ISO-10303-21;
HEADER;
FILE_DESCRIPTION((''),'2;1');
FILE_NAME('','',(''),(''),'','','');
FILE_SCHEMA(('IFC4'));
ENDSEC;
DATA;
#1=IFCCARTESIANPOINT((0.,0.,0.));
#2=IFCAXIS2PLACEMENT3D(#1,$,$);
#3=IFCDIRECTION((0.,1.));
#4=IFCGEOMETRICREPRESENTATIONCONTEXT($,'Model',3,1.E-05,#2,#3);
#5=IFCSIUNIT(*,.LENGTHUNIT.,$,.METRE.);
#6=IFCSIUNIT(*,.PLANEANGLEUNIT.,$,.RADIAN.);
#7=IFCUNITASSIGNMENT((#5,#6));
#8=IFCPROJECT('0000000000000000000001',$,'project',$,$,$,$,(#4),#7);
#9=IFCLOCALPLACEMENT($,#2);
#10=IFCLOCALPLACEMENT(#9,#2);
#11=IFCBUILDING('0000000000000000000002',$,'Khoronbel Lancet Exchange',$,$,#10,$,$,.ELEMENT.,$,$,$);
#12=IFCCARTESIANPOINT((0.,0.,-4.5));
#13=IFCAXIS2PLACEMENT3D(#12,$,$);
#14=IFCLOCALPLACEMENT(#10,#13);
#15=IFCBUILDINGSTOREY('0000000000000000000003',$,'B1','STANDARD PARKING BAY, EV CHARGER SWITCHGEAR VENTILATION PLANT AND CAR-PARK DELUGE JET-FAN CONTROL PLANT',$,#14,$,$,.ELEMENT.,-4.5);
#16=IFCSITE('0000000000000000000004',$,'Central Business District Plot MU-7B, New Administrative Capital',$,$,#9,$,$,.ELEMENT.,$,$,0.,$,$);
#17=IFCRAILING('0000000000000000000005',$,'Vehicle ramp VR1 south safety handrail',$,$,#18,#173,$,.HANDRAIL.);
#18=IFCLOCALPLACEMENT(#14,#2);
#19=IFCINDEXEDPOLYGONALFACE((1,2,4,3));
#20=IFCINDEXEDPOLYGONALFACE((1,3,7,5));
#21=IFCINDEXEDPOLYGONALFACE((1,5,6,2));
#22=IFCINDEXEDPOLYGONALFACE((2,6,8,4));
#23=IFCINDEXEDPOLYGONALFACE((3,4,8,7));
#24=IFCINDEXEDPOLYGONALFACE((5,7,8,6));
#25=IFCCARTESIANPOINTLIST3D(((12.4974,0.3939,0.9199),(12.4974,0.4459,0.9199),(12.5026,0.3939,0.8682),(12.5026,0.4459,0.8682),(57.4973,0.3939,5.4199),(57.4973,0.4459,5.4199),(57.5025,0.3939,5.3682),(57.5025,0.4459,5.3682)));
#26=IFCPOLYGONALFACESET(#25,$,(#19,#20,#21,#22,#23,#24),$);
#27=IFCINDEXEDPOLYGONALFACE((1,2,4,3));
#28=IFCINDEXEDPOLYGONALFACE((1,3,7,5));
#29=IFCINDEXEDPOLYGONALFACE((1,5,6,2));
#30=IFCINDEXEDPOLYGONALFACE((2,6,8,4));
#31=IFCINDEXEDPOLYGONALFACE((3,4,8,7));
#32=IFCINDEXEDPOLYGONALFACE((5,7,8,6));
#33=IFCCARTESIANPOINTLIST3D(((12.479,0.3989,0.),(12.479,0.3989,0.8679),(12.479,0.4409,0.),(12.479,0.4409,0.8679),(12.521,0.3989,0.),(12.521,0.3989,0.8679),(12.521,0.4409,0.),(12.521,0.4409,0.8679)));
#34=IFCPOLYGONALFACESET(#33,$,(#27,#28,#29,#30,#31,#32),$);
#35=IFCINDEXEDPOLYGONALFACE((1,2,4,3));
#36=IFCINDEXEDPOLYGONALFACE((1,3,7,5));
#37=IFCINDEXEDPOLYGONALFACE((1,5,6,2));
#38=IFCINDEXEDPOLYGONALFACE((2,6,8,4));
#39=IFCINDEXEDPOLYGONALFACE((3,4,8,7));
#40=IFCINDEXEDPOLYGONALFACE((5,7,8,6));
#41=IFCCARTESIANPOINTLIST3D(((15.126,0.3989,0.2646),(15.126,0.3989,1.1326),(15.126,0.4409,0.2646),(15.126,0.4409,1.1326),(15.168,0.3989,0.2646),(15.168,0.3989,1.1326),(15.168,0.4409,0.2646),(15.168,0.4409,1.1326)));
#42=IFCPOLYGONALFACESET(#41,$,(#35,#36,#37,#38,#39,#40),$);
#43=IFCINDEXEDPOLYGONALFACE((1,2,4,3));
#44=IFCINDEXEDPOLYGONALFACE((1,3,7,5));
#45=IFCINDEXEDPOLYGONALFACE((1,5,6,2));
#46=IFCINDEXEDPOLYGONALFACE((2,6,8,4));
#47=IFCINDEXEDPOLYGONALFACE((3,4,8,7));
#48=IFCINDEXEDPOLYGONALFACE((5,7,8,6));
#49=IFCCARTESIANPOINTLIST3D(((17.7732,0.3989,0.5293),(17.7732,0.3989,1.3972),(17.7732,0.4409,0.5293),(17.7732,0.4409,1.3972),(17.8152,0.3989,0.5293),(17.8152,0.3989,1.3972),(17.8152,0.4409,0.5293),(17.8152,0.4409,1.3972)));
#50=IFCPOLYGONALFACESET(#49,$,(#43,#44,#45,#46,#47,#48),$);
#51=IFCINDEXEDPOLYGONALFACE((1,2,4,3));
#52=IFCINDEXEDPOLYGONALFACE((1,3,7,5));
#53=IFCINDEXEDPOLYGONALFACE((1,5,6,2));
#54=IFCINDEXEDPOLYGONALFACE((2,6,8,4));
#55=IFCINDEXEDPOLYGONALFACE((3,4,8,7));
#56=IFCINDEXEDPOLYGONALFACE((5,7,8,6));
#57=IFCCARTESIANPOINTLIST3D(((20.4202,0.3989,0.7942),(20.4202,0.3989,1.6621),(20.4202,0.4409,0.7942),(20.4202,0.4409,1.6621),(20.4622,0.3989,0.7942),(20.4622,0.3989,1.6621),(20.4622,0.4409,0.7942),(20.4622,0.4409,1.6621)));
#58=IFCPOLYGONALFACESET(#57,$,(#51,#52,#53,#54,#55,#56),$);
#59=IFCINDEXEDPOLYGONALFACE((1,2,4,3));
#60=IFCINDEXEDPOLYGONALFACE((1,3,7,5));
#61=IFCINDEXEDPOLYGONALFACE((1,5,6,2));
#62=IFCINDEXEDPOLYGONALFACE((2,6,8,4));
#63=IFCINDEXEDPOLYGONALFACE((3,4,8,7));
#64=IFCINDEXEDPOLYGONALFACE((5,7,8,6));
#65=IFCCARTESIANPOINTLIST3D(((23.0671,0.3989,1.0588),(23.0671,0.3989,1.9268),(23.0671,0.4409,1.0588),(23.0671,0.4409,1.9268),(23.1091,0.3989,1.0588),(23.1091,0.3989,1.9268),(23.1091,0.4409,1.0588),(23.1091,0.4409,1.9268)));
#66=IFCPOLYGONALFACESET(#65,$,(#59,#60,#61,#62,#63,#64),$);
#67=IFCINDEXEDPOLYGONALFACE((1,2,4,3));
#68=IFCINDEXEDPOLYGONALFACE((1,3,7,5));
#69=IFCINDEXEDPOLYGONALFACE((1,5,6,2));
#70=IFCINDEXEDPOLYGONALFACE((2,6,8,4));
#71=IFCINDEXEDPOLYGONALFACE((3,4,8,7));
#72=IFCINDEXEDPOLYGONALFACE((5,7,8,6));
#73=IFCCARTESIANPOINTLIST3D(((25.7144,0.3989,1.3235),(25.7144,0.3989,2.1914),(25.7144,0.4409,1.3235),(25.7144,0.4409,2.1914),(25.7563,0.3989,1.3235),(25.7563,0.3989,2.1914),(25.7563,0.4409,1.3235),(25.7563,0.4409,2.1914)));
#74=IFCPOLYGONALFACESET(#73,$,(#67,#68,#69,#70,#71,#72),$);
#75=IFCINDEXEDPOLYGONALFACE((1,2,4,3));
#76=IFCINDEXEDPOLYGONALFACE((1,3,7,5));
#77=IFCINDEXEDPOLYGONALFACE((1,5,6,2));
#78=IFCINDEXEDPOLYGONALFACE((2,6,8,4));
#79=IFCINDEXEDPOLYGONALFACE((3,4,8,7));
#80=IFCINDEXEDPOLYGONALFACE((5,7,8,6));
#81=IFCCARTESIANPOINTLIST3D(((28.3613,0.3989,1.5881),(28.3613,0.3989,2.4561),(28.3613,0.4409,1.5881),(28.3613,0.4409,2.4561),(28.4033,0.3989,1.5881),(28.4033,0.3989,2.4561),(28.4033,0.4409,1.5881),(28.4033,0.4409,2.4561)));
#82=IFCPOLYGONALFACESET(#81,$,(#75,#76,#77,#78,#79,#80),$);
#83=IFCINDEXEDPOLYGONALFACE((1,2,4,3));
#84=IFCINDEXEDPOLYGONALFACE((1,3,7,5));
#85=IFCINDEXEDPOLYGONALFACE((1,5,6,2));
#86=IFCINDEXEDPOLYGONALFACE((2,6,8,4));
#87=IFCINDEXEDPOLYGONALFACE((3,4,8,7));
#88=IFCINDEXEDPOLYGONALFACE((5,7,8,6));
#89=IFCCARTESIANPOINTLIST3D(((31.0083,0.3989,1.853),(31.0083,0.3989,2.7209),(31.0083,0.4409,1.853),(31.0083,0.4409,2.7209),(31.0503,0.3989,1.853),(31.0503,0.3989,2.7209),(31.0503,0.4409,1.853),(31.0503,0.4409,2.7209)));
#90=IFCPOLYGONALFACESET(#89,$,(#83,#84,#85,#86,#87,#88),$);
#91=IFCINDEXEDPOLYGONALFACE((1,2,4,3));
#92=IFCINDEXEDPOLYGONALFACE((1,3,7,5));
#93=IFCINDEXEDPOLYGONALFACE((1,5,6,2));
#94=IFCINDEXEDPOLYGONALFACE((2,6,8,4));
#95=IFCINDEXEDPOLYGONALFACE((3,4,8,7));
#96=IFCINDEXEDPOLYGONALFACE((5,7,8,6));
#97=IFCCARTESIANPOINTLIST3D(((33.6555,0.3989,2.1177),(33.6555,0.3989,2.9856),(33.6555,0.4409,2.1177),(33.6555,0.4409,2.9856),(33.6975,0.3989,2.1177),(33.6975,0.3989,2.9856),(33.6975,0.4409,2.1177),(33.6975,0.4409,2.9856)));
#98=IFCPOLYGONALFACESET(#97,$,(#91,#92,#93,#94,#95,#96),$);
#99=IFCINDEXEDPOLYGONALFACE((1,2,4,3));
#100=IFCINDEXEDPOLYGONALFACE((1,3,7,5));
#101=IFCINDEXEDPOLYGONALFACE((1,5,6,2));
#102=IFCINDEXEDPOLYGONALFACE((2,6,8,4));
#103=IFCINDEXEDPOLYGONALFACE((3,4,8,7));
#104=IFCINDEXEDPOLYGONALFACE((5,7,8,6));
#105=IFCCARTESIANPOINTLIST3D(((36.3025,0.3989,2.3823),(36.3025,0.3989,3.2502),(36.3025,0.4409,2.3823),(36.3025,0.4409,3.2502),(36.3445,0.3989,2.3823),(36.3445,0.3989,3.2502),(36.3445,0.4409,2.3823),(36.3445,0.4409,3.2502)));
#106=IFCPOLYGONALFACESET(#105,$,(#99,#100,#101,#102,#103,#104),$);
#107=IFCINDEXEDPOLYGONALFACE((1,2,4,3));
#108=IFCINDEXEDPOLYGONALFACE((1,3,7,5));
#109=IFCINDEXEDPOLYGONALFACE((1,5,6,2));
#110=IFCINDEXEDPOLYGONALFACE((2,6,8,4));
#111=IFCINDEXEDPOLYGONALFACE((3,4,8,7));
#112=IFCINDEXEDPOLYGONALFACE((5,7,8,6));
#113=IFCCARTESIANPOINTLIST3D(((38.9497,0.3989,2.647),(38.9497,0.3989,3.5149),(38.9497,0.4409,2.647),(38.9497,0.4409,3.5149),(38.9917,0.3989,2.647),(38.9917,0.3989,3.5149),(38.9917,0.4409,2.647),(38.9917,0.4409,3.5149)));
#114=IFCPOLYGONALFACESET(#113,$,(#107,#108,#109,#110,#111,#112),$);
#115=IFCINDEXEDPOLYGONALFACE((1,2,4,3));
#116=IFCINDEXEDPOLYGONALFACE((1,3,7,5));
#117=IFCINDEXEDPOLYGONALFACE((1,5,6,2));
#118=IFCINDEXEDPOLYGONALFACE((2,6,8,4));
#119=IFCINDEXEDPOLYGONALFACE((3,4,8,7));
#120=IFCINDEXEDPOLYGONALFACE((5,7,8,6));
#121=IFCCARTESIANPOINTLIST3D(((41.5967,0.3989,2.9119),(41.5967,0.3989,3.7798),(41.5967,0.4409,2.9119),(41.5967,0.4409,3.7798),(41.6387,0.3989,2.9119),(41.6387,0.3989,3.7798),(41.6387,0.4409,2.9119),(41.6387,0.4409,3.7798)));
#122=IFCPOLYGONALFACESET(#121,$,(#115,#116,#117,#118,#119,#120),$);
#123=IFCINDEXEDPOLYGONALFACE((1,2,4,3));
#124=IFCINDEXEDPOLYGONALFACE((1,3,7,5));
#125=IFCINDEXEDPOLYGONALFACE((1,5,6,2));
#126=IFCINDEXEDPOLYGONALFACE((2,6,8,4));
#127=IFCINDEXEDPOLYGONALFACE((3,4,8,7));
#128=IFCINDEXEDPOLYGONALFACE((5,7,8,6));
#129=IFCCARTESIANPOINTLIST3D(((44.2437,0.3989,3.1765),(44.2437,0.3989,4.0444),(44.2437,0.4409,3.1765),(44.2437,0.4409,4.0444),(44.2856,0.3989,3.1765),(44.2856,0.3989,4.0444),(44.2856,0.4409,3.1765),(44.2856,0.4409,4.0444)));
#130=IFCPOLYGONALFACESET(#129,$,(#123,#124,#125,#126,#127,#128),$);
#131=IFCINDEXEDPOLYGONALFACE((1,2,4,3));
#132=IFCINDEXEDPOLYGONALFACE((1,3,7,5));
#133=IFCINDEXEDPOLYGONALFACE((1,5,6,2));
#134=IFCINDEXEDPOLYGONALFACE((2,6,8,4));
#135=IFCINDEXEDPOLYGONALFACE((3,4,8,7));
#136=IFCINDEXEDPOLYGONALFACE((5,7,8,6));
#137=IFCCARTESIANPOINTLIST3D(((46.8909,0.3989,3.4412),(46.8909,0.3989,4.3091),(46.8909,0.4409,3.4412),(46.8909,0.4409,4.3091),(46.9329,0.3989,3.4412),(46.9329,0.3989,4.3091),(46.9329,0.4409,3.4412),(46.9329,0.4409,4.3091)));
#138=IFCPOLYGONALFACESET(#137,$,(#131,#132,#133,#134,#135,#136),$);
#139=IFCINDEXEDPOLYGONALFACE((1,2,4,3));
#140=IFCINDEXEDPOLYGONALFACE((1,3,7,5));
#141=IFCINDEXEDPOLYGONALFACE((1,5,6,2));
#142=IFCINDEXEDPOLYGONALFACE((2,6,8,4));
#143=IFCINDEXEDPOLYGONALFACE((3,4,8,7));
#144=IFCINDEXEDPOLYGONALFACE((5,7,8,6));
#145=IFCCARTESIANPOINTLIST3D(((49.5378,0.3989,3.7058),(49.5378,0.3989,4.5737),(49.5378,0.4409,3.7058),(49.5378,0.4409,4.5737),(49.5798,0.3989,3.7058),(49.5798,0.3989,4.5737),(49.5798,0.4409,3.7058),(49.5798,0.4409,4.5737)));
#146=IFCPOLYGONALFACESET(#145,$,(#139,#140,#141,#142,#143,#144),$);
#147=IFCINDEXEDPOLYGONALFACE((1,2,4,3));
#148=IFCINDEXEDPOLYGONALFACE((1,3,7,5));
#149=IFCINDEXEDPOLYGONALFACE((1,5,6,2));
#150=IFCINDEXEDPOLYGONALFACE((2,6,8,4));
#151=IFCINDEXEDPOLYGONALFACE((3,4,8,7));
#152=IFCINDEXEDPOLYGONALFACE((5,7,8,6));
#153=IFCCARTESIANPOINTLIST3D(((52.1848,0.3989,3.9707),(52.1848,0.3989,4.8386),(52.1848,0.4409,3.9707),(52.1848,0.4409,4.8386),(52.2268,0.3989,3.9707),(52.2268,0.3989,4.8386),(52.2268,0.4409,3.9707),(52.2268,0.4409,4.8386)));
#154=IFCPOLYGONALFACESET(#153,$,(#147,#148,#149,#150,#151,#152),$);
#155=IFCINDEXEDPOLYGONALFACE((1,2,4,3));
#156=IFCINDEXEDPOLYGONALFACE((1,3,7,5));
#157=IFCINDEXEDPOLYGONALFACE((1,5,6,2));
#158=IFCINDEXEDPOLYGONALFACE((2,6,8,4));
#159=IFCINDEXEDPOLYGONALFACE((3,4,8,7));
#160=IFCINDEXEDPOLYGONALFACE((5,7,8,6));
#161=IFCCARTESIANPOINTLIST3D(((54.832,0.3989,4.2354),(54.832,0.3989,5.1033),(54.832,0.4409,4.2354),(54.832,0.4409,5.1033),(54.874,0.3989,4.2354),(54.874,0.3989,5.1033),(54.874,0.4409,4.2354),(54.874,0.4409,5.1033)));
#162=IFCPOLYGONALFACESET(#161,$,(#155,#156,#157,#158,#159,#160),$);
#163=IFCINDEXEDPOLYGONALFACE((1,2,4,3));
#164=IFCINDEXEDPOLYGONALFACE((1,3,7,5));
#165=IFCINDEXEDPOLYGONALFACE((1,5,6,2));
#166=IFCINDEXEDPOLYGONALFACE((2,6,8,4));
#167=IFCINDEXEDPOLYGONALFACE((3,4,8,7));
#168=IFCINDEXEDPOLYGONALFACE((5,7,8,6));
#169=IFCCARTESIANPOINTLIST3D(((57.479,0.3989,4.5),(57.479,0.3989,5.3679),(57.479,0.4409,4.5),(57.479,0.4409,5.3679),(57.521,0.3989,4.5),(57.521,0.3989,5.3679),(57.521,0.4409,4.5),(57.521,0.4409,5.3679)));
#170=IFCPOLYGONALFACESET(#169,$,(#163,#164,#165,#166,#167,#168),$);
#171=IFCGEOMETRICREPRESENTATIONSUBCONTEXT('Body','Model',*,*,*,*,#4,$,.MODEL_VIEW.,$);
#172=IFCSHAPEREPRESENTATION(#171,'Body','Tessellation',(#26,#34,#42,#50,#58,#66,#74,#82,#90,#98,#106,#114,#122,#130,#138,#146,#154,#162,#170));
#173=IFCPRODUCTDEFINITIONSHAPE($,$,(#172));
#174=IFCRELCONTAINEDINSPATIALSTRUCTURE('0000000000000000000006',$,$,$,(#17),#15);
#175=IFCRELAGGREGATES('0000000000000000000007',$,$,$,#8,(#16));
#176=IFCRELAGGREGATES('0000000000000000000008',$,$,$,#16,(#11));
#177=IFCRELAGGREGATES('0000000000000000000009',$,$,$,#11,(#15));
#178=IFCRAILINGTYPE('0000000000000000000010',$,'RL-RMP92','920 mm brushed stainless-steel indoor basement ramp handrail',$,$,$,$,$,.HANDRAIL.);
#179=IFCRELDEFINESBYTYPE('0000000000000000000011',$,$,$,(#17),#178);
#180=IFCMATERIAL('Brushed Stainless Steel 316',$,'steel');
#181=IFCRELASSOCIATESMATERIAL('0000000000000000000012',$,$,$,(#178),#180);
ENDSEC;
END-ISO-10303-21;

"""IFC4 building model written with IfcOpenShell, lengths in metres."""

from ifc_helpers import new_model, si_unit, direction, frame, origin, origin_2d, place, context, subcontext, project, spatial, rectangle, extrude, material, type_object, element, save


model = new_model("IFC4")

# Units and contexts
model_context = context("Model", 3, precision=1e-05, world=origin(), true_north=direction((0.0, 1.0)))
body_context = subcontext(model_context, "Body", "Model", "MODEL_VIEW")
ifc_project = project(units=[si_unit("LENGTHUNIT", "METRE"), si_unit("PLANEANGLEUNIT", "RADIAN")], contexts=[model_context])

# Site, building, storey
site_placement = place(None, origin())
site = spatial("IfcSite", under=ifc_project, at=site_placement, Name="Central Business District Plot MU-7B, New Administrative Capital", CompositionType="ELEMENT", RefElevation=0.0)
building_placement = place(site_placement, origin())
building = spatial("IfcBuilding", under=site, at=building_placement, Name="Khoronbel Lancet Exchange", CompositionType="ELEMENT")
storey_placement = place(building_placement, frame((0.0, 0.0, -4.5)))
storey = spatial("IfcBuildingStorey", under=building, at=storey_placement, Name="B1", Description="STANDARD PARKING BAY, EV CHARGER SWITCHGEAR VENTILATION PLANT AND CAR-PARK DELUGE JET-FAN CONTROL PLANT", CompositionType="ELEMENT", Elevation=-4.5)

# Railing
ifc_material_1 = material(Name="Brushed Stainless Steel 316", Category="steel")
railing_type = type_object("IfcRailingType", Name="RL-RMP92", Description="920 mm brushed stainless-steel indoor basement ramp handrail", PredefinedType="HANDRAIL", material=ifc_material_1)
railing_1_placement = place(storey_placement, frame((12.5, 0.4199, 0.0)))
element("IfcRailing", 1, at=railing_1_placement, inside=storey, type_object=railing_type, Name="Vehicle ramp VR1 south safety handrail", PredefinedType="HANDRAIL", context=body_context, shape_type="SweptSolid", body=[
    extrude(rectangle(XDim=0.052, YDim=0.052, at=origin_2d()), frame((0.0, 0.0, 0.894), z_axis=(0.995037, 0.0, 0.099504), x_axis=(0.0, 1.0, 0.0)), (0.0, 0.0, 1.0), 45.2244),
    extrude(rectangle(XDim=0.042, YDim=0.042, at=origin_2d()), origin(), (0.0, 0.0, 1.0), 0.8679),
    extrude(rectangle(XDim=0.042, YDim=0.042, at=origin_2d()), frame((2.647, 0.0, 0.2646)), (0.0, 0.0, 1.0), 0.8679),
    extrude(rectangle(XDim=0.042, YDim=0.042, at=origin_2d()), frame((5.2942, 0.0, 0.5293)), (0.0, 0.0, 1.0), 0.8679),
    extrude(rectangle(XDim=0.042, YDim=0.042, at=origin_2d()), frame((7.9412, 0.0, 0.7942)), (0.0, 0.0, 1.0), 0.8679),
    extrude(rectangle(XDim=0.042, YDim=0.042, at=origin_2d()), frame((10.5881, 0.0, 1.0588)), (0.0, 0.0, 1.0), 0.8679),
    extrude(rectangle(XDim=0.042, YDim=0.042, at=origin_2d()), frame((13.2354, 0.0, 1.3235)), (0.0, 0.0, 1.0), 0.8679),
    extrude(rectangle(XDim=0.042, YDim=0.042, at=origin_2d()), frame((15.8823, 0.0, 1.5881)), (0.0, 0.0, 1.0), 0.8679),
    extrude(rectangle(XDim=0.042, YDim=0.042, at=origin_2d()), frame((18.5293, 0.0, 1.853)), (0.0, 0.0, 1.0), 0.8679),
    extrude(rectangle(XDim=0.042, YDim=0.042, at=origin_2d()), frame((21.1765, 0.0, 2.1177)), (0.0, 0.0, 1.0), 0.8679),
    extrude(rectangle(XDim=0.042, YDim=0.042, at=origin_2d()), frame((23.8235, 0.0, 2.3823)), (0.0, 0.0, 1.0), 0.8679),
    extrude(rectangle(XDim=0.042, YDim=0.042, at=origin_2d()), frame((26.4707, 0.0, 2.647)), (0.0, 0.0, 1.0), 0.8679),
    extrude(rectangle(XDim=0.042, YDim=0.042, at=origin_2d()), frame((29.1177, 0.0, 2.9119)), (0.0, 0.0, 1.0), 0.8679),
    extrude(rectangle(XDim=0.042, YDim=0.042, at=origin_2d()), frame((31.7646, 0.0, 3.1765)), (0.0, 0.0, 1.0), 0.8679),
    extrude(rectangle(XDim=0.042, YDim=0.042, at=origin_2d()), frame((34.4119, 0.0, 3.4412)), (0.0, 0.0, 1.0), 0.8679),
    extrude(rectangle(XDim=0.042, YDim=0.042, at=origin_2d()), frame((37.0588, 0.0, 3.7058)), (0.0, 0.0, 1.0), 0.8679),
    extrude(rectangle(XDim=0.042, YDim=0.042, at=origin_2d()), frame((39.7058, 0.0, 3.9707)), (0.0, 0.0, 1.0), 0.8679),
    extrude(rectangle(XDim=0.042, YDim=0.042, at=origin_2d()), frame((42.353, 0.0, 4.2354)), (0.0, 0.0, 1.0), 0.8679),
    extrude(rectangle(XDim=0.042, YDim=0.042, at=origin_2d()), frame((45.0, 0.0, 4.5)), (0.0, 0.0, 1.0), 0.8679),
])

save(model, "model.ifc")
